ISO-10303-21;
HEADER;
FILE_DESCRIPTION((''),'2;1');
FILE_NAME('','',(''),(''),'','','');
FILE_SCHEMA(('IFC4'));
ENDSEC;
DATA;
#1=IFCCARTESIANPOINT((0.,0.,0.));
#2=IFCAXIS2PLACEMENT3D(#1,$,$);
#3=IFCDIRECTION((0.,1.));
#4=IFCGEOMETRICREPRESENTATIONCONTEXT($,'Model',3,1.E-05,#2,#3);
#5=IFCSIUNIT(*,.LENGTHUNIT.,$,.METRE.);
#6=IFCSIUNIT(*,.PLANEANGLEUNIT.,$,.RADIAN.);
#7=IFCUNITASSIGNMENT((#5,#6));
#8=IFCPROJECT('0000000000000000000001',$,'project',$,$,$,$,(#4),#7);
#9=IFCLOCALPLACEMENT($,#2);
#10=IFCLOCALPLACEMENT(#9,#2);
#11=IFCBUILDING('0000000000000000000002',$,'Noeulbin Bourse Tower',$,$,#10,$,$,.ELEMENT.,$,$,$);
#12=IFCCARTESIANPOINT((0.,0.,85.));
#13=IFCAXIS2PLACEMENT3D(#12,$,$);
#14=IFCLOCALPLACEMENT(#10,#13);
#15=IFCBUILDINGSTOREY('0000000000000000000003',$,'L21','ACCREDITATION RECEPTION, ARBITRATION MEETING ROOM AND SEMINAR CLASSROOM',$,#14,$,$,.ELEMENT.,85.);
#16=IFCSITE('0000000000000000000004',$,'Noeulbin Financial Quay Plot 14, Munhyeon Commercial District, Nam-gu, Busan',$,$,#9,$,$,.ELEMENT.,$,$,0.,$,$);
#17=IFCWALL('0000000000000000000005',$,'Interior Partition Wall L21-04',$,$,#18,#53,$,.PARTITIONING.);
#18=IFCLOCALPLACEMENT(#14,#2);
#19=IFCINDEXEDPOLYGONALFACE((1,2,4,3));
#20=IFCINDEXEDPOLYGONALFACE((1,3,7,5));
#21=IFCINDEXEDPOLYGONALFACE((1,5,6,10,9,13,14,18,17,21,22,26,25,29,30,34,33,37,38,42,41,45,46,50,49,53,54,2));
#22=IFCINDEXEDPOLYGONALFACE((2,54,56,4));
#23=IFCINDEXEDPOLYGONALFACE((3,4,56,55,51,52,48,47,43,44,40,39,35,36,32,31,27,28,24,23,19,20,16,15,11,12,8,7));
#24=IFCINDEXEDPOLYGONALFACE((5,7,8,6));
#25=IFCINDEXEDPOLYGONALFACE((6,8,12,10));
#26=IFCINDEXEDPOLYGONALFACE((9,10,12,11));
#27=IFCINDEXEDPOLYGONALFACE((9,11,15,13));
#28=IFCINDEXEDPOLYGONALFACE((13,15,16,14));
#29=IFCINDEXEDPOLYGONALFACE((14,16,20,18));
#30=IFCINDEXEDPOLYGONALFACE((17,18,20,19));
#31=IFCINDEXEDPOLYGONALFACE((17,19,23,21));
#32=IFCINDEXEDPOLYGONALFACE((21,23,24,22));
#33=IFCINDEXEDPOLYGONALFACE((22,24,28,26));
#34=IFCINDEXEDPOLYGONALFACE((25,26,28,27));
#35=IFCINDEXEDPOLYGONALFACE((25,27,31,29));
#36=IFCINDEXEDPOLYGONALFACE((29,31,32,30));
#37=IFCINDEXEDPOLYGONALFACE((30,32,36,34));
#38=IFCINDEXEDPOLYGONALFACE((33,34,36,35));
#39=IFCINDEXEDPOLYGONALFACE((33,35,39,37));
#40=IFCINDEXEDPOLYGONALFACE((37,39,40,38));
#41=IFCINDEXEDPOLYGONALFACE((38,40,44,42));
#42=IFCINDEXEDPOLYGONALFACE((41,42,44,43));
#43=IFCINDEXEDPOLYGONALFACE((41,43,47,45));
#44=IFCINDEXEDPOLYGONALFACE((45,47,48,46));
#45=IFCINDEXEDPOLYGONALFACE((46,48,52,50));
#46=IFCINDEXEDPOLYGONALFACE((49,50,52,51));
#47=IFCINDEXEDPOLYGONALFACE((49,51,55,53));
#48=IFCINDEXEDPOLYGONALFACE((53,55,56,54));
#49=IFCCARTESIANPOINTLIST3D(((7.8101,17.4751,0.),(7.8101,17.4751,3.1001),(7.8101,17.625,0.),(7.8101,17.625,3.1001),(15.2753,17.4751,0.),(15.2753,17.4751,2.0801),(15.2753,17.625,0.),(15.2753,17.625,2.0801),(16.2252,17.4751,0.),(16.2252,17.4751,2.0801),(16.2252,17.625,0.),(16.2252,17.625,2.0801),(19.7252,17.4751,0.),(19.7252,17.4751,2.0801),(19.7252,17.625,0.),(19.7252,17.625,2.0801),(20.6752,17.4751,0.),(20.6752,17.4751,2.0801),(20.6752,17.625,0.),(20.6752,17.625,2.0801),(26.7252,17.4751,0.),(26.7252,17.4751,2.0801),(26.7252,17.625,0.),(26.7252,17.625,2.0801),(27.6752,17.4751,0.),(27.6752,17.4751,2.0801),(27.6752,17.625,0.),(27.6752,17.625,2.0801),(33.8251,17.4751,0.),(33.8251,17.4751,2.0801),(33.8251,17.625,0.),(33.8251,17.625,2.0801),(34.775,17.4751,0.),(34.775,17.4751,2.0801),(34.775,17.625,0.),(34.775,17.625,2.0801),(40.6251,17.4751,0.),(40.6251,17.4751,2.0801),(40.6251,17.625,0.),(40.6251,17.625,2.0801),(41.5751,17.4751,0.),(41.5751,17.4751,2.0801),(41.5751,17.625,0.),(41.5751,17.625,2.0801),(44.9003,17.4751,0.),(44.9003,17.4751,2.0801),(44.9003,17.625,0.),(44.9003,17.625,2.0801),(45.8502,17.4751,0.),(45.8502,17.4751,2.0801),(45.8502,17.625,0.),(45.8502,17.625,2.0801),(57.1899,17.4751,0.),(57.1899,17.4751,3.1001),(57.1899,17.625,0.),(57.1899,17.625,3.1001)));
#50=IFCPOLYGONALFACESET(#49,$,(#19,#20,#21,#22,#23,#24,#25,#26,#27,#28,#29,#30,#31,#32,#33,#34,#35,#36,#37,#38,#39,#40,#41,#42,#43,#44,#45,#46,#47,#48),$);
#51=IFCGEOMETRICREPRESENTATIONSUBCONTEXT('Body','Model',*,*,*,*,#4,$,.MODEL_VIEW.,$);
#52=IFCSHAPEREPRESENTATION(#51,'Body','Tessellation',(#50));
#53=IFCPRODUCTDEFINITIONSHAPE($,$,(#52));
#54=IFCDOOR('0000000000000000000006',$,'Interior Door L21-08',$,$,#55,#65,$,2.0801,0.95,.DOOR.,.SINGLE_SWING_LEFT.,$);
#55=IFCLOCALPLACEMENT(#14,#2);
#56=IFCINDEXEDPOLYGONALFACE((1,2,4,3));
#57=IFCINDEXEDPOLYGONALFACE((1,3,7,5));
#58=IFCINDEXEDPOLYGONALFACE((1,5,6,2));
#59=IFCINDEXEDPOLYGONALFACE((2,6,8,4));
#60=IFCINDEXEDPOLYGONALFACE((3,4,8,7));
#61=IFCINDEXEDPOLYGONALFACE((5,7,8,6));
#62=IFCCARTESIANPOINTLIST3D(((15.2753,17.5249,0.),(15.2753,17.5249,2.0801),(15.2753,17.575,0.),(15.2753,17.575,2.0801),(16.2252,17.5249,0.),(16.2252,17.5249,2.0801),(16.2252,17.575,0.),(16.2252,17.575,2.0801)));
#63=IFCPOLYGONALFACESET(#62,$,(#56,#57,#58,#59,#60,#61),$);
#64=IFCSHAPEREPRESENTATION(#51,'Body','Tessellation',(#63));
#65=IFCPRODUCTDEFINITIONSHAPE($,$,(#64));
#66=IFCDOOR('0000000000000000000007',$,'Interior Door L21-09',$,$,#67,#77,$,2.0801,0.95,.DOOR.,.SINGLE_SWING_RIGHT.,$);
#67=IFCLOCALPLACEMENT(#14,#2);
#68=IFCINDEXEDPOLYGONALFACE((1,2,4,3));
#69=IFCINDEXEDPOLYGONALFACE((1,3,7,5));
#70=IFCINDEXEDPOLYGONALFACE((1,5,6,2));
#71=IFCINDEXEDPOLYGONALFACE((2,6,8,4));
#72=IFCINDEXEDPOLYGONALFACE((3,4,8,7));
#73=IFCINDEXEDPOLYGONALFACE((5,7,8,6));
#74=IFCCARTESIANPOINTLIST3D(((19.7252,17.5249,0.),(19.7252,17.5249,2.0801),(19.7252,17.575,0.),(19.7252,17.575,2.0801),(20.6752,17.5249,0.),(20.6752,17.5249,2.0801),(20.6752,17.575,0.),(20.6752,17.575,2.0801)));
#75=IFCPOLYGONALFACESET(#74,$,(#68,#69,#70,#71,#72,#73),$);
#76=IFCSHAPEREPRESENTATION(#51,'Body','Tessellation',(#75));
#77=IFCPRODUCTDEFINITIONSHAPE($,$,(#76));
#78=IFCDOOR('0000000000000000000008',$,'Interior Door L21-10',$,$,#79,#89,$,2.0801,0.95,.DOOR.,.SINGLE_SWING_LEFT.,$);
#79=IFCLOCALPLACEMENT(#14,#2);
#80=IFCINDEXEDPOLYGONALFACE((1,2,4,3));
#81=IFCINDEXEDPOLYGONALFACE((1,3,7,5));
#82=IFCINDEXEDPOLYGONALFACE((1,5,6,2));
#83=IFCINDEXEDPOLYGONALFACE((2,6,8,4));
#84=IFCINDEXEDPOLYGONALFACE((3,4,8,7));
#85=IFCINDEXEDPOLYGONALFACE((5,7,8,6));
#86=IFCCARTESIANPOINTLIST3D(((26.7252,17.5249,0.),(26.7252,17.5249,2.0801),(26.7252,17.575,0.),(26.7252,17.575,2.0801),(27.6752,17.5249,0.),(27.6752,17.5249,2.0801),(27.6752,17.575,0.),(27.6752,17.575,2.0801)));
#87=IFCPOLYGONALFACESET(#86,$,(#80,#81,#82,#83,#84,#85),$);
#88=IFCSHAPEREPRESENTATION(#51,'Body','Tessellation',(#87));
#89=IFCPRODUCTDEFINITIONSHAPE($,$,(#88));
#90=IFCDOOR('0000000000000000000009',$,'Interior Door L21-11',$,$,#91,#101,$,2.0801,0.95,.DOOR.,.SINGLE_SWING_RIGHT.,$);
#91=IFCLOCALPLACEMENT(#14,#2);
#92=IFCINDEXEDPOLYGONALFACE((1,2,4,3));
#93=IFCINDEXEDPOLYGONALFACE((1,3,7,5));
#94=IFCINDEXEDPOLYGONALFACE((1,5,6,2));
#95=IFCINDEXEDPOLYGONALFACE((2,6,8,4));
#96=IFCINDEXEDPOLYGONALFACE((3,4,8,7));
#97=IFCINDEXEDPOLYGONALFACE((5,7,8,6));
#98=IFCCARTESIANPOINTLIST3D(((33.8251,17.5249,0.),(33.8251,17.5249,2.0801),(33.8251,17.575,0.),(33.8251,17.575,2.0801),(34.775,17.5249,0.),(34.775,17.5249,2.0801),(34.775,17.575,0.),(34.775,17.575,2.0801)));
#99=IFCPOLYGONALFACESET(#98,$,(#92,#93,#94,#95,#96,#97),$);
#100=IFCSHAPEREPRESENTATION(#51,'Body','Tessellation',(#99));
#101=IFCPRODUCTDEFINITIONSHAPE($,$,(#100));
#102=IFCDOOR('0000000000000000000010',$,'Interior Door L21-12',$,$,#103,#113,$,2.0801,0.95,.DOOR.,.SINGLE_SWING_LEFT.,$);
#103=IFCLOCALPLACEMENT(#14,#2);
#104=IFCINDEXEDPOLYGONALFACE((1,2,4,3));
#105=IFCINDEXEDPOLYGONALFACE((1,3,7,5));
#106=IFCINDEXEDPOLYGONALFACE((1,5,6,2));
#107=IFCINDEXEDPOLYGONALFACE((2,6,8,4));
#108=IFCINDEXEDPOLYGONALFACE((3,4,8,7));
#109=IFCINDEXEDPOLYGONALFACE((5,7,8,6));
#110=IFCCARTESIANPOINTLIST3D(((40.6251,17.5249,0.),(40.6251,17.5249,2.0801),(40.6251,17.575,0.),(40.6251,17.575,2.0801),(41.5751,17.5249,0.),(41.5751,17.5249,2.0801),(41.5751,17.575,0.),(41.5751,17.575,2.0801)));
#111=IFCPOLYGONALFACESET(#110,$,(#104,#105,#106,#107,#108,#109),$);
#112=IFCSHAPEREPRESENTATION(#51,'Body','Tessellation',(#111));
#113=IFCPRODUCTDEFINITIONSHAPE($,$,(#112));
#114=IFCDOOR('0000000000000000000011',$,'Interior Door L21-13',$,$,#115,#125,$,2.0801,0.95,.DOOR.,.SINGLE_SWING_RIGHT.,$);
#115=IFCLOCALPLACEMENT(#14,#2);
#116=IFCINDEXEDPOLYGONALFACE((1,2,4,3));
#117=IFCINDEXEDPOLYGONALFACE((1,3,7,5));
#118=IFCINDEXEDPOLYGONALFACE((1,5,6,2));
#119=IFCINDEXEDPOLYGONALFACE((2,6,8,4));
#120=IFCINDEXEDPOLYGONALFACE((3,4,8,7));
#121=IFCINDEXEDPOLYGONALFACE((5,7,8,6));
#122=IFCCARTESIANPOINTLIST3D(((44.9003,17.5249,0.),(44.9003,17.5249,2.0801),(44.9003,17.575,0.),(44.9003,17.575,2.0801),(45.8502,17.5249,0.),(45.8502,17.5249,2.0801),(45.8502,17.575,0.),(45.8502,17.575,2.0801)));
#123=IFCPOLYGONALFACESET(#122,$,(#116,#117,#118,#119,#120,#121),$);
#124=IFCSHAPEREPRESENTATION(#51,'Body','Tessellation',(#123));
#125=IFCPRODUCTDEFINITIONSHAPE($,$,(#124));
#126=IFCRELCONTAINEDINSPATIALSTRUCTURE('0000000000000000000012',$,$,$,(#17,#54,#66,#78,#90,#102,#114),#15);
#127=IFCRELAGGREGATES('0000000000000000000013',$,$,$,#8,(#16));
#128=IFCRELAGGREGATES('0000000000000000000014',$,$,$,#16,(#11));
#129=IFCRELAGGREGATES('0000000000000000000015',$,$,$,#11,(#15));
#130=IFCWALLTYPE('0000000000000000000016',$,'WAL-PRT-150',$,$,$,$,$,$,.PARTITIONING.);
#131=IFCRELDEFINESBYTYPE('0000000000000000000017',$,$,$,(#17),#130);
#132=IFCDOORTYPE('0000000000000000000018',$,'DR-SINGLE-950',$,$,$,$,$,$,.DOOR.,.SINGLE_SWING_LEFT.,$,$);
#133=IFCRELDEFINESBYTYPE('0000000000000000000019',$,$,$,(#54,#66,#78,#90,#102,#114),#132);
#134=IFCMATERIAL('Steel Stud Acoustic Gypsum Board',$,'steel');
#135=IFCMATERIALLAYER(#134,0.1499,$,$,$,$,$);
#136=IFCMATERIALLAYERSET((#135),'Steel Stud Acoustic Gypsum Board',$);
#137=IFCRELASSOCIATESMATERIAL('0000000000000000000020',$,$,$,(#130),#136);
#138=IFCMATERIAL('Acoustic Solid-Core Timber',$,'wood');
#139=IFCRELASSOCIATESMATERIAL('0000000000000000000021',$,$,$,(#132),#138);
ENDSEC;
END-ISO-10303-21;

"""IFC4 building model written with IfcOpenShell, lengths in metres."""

from ifc_helpers import new_model, si_unit, direction, frame, frame_2d, origin, place, context, subcontext, project, spatial, rectangle, extrude, material, layer, layer_set, type_object, element, fill, save


model = new_model("IFC4")

# Units and contexts
model_context = context("Model", 3, precision=1e-05, world=origin(), true_north=direction((0.0, 1.0)))
body_context = subcontext(model_context, "Body", "Model", "MODEL_VIEW")
ifc_project = project(units=[si_unit("LENGTHUNIT", "METRE"), si_unit("PLANEANGLEUNIT", "RADIAN")], contexts=[model_context])

# Site, building, storey
site_placement = place(None, origin())
site = spatial("IfcSite", under=ifc_project, at=site_placement, Name="Noeulbin Financial Quay Plot 14, Munhyeon Commercial District, Nam-gu, Busan", CompositionType="ELEMENT", RefElevation=0.0)
building_placement = place(site_placement, origin())
building = spatial("IfcBuilding", under=site, at=building_placement, Name="Noeulbin Bourse Tower", CompositionType="ELEMENT")
storey_placement = place(building_placement, frame((0.0, 0.0, 85.0)))
storey = spatial("IfcBuildingStorey", under=building, at=storey_placement, Name="L21", Description="ACCREDITATION RECEPTION, ARBITRATION MEETING ROOM AND SEMINAR CLASSROOM", CompositionType="ELEMENT", Elevation=85.0)

# Wall, openings, doors
ifc_material_1 = material(Name="Steel Stud Acoustic Gypsum Board", Category="steel")
ifc_layer_1 = layer(ifc_material_1, 0.1499)
ifc_layer_set_1 = layer_set([ifc_layer_1], Name="Steel Stud Acoustic Gypsum Board")
wall_type = type_object("IfcWallType", Name="WAL-PRT-150", PredefinedType="PARTITIONING", material=ifc_layer_set_1)
wall_1_placement = place(storey_placement, frame((7.8101, 17.55, 0.0), z_axis=(0.0, 0.0, 1.0), x_axis=(1.0, 0.0, 0.0)))
wall_1 = element("IfcWall", 1, at=wall_1_placement, inside=storey, type_object=wall_type, Name="Interior Partition Wall L21-04", PredefinedType="PARTITIONING", context=body_context, shape_type="SweptSolid", body=[
    extrude(rectangle(XDim=49.3799, YDim=0.1499, at=frame_2d((24.6899, 0.0))), origin(), (0.0, 0.0, 1.0), 3.1001),
])
opening_1_placement = place(wall_1_placement, frame((7.4651, 0.0, 0.0)))
opening_1 = element("IfcOpeningElement", 2, at=opening_1_placement, cuts=wall_1, PredefinedType="OPENING", context=body_context, shape_type="SweptSolid", body=[
    extrude(rectangle(XDim=0.95, YDim=2.0801, at=frame_2d((0.4751, 1.04))), frame((0.0, 0.085, 0.0), z_axis=(0.0, -1.0, 0.0), x_axis=(1.0, 0.0, 0.0)), (0.0, 0.0, 1.0), 0.1699),
])
opening_2_placement = place(wall_1_placement, frame((11.915, 0.0, 0.0)))
opening_2 = element("IfcOpeningElement", 3, at=opening_2_placement, cuts=wall_1, PredefinedType="OPENING", context=body_context, shape_type="SweptSolid", body=[
    extrude(rectangle(XDim=0.95, YDim=2.0801, at=frame_2d((0.4751, 1.04))), frame((0.0, 0.085, 0.0), z_axis=(0.0, -1.0, 0.0), x_axis=(1.0, 0.0, 0.0)), (0.0, 0.0, 1.0), 0.1699),
])
opening_3_placement = place(wall_1_placement, frame((18.915, 0.0, 0.0)))
opening_3 = element("IfcOpeningElement", 4, at=opening_3_placement, cuts=wall_1, PredefinedType="OPENING", context=body_context, shape_type="SweptSolid", body=[
    extrude(rectangle(XDim=0.95, YDim=2.0801, at=frame_2d((0.4751, 1.04))), frame((0.0, 0.085, 0.0), z_axis=(0.0, -1.0, 0.0), x_axis=(1.0, 0.0, 0.0)), (0.0, 0.0, 1.0), 0.1699),
])
opening_4_placement = place(wall_1_placement, frame((26.0149, 0.0, 0.0)))
opening_4 = element("IfcOpeningElement", 5, at=opening_4_placement, cuts=wall_1, PredefinedType="OPENING", context=body_context, shape_type="SweptSolid", body=[
    extrude(rectangle(XDim=0.95, YDim=2.0801, at=frame_2d((0.4751, 1.04))), frame((0.0, 0.085, 0.0), z_axis=(0.0, -1.0, 0.0), x_axis=(1.0, 0.0, 0.0)), (0.0, 0.0, 1.0), 0.1699),
])
opening_5_placement = place(wall_1_placement, frame((32.8149, 0.0, 0.0)))
opening_5 = element("IfcOpeningElement", 6, at=opening_5_placement, cuts=wall_1, PredefinedType="OPENING", context=body_context, shape_type="SweptSolid", body=[
    extrude(rectangle(XDim=0.95, YDim=2.0801, at=frame_2d((0.4751, 1.04))), frame((0.0, 0.085, 0.0), z_axis=(0.0, -1.0, 0.0), x_axis=(1.0, 0.0, 0.0)), (0.0, 0.0, 1.0), 0.1699),
])
opening_6_placement = place(wall_1_placement, frame((37.0901, 0.0, 0.0)))
opening_6 = element("IfcOpeningElement", 7, at=opening_6_placement, cuts=wall_1, PredefinedType="OPENING", context=body_context, shape_type="SweptSolid", body=[
    extrude(rectangle(XDim=0.95, YDim=2.0801, at=frame_2d((0.4751, 1.04))), frame((0.0, 0.085, 0.0), z_axis=(0.0, -1.0, 0.0), x_axis=(1.0, 0.0, 0.0)), (0.0, 0.0, 1.0), 0.1699),
])
ifc_material_2 = material(Name="Acoustic Solid-Core Timber", Category="wood")
door_type = type_object("IfcDoorType", Name="DR-SINGLE-950", OperationType="SINGLE_SWING_LEFT", PredefinedType="DOOR", material=ifc_material_2)
door_1_placement = place(opening_1_placement, origin())
door_1 = element("IfcDoor", 8, at=door_1_placement, inside=storey, type_object=door_type, Name="Interior Door L21-08", OperationType="SINGLE_SWING_LEFT", OverallHeight=2.0801, OverallWidth=0.95, PredefinedType="DOOR", context=body_context, shape_type="SweptSolid", body=[
    extrude(rectangle(XDim=0.95, YDim=2.0801, at=frame_2d((0.4751, 1.04))), frame((0.0, 0.0249, 0.0), z_axis=(0.0, -1.0, 0.0), x_axis=(1.0, 0.0, 0.0)), (0.0, 0.0, 1.0), 0.05),
])
fill(opening_1, door_1)
door_2_placement = place(opening_2_placement, origin())
door_2 = element("IfcDoor", 9, at=door_2_placement, inside=storey, type_object=door_type, Name="Interior Door L21-09", OperationType="SINGLE_SWING_RIGHT", OverallHeight=2.0801, OverallWidth=0.95, PredefinedType="DOOR", context=body_context, shape_type="SweptSolid", body=[
    extrude(rectangle(XDim=0.95, YDim=2.0801, at=frame_2d((0.4751, 1.04))), frame((0.0, 0.0249, 0.0), z_axis=(0.0, -1.0, 0.0), x_axis=(1.0, 0.0, 0.0)), (0.0, 0.0, 1.0), 0.05),
])
fill(opening_2, door_2)
door_3_placement = place(opening_3_placement, origin())
door_3 = element("IfcDoor", 10, at=door_3_placement, inside=storey, type_object=door_type, Name="Interior Door L21-10", OperationType="SINGLE_SWING_LEFT", OverallHeight=2.0801, OverallWidth=0.95, PredefinedType="DOOR", context=body_context, shape_type="SweptSolid", body=[
    extrude(rectangle(XDim=0.95, YDim=2.0801, at=frame_2d((0.4751, 1.04))), frame((0.0, 0.0249, 0.0), z_axis=(0.0, -1.0, 0.0), x_axis=(1.0, 0.0, 0.0)), (0.0, 0.0, 1.0), 0.05),
])
fill(opening_3, door_3)
door_4_placement = place(opening_4_placement, origin())
door_4 = element("IfcDoor", 11, at=door_4_placement, inside=storey, type_object=door_type, Name="Interior Door L21-11", OperationType="SINGLE_SWING_RIGHT", OverallHeight=2.0801, OverallWidth=0.95, PredefinedType="DOOR", context=body_context, shape_type="SweptSolid", body=[
    extrude(rectangle(XDim=0.95, YDim=2.0801, at=frame_2d((0.4751, 1.04))), frame((0.0, 0.0249, 0.0), z_axis=(0.0, -1.0, 0.0), x_axis=(1.0, 0.0, 0.0)), (0.0, 0.0, 1.0), 0.05),
])
fill(opening_4, door_4)
door_5_placement = place(opening_5_placement, origin())
door_5 = element("IfcDoor", 12, at=door_5_placement, inside=storey, type_object=door_type, Name="Interior Door L21-12", OperationType="SINGLE_SWING_LEFT", OverallHeight=2.0801, OverallWidth=0.95, PredefinedType="DOOR", context=body_context, shape_type="SweptSolid", body=[
    extrude(rectangle(XDim=0.95, YDim=2.0801, at=frame_2d((0.4751, 1.04))), frame((0.0, 0.0249, 0.0), z_axis=(0.0, -1.0, 0.0), x_axis=(1.0, 0.0, 0.0)), (0.0, 0.0, 1.0), 0.05),
])
fill(opening_5, door_5)
door_6_placement = place(opening_6_placement, origin())
door_6 = element("IfcDoor", 13, at=door_6_placement, inside=storey, type_object=door_type, Name="Interior Door L21-13", OperationType="SINGLE_SWING_RIGHT", OverallHeight=2.0801, OverallWidth=0.95, PredefinedType="DOOR", context=body_context, shape_type="SweptSolid", body=[
    extrude(rectangle(XDim=0.95, YDim=2.0801, at=frame_2d((0.4751, 1.04))), frame((0.0, 0.0249, 0.0), z_axis=(0.0, -1.0, 0.0), x_axis=(1.0, 0.0, 0.0)), (0.0, 0.0, 1.0), 0.05),
])
fill(opening_6, door_6)

save(model, "model.ifc")
